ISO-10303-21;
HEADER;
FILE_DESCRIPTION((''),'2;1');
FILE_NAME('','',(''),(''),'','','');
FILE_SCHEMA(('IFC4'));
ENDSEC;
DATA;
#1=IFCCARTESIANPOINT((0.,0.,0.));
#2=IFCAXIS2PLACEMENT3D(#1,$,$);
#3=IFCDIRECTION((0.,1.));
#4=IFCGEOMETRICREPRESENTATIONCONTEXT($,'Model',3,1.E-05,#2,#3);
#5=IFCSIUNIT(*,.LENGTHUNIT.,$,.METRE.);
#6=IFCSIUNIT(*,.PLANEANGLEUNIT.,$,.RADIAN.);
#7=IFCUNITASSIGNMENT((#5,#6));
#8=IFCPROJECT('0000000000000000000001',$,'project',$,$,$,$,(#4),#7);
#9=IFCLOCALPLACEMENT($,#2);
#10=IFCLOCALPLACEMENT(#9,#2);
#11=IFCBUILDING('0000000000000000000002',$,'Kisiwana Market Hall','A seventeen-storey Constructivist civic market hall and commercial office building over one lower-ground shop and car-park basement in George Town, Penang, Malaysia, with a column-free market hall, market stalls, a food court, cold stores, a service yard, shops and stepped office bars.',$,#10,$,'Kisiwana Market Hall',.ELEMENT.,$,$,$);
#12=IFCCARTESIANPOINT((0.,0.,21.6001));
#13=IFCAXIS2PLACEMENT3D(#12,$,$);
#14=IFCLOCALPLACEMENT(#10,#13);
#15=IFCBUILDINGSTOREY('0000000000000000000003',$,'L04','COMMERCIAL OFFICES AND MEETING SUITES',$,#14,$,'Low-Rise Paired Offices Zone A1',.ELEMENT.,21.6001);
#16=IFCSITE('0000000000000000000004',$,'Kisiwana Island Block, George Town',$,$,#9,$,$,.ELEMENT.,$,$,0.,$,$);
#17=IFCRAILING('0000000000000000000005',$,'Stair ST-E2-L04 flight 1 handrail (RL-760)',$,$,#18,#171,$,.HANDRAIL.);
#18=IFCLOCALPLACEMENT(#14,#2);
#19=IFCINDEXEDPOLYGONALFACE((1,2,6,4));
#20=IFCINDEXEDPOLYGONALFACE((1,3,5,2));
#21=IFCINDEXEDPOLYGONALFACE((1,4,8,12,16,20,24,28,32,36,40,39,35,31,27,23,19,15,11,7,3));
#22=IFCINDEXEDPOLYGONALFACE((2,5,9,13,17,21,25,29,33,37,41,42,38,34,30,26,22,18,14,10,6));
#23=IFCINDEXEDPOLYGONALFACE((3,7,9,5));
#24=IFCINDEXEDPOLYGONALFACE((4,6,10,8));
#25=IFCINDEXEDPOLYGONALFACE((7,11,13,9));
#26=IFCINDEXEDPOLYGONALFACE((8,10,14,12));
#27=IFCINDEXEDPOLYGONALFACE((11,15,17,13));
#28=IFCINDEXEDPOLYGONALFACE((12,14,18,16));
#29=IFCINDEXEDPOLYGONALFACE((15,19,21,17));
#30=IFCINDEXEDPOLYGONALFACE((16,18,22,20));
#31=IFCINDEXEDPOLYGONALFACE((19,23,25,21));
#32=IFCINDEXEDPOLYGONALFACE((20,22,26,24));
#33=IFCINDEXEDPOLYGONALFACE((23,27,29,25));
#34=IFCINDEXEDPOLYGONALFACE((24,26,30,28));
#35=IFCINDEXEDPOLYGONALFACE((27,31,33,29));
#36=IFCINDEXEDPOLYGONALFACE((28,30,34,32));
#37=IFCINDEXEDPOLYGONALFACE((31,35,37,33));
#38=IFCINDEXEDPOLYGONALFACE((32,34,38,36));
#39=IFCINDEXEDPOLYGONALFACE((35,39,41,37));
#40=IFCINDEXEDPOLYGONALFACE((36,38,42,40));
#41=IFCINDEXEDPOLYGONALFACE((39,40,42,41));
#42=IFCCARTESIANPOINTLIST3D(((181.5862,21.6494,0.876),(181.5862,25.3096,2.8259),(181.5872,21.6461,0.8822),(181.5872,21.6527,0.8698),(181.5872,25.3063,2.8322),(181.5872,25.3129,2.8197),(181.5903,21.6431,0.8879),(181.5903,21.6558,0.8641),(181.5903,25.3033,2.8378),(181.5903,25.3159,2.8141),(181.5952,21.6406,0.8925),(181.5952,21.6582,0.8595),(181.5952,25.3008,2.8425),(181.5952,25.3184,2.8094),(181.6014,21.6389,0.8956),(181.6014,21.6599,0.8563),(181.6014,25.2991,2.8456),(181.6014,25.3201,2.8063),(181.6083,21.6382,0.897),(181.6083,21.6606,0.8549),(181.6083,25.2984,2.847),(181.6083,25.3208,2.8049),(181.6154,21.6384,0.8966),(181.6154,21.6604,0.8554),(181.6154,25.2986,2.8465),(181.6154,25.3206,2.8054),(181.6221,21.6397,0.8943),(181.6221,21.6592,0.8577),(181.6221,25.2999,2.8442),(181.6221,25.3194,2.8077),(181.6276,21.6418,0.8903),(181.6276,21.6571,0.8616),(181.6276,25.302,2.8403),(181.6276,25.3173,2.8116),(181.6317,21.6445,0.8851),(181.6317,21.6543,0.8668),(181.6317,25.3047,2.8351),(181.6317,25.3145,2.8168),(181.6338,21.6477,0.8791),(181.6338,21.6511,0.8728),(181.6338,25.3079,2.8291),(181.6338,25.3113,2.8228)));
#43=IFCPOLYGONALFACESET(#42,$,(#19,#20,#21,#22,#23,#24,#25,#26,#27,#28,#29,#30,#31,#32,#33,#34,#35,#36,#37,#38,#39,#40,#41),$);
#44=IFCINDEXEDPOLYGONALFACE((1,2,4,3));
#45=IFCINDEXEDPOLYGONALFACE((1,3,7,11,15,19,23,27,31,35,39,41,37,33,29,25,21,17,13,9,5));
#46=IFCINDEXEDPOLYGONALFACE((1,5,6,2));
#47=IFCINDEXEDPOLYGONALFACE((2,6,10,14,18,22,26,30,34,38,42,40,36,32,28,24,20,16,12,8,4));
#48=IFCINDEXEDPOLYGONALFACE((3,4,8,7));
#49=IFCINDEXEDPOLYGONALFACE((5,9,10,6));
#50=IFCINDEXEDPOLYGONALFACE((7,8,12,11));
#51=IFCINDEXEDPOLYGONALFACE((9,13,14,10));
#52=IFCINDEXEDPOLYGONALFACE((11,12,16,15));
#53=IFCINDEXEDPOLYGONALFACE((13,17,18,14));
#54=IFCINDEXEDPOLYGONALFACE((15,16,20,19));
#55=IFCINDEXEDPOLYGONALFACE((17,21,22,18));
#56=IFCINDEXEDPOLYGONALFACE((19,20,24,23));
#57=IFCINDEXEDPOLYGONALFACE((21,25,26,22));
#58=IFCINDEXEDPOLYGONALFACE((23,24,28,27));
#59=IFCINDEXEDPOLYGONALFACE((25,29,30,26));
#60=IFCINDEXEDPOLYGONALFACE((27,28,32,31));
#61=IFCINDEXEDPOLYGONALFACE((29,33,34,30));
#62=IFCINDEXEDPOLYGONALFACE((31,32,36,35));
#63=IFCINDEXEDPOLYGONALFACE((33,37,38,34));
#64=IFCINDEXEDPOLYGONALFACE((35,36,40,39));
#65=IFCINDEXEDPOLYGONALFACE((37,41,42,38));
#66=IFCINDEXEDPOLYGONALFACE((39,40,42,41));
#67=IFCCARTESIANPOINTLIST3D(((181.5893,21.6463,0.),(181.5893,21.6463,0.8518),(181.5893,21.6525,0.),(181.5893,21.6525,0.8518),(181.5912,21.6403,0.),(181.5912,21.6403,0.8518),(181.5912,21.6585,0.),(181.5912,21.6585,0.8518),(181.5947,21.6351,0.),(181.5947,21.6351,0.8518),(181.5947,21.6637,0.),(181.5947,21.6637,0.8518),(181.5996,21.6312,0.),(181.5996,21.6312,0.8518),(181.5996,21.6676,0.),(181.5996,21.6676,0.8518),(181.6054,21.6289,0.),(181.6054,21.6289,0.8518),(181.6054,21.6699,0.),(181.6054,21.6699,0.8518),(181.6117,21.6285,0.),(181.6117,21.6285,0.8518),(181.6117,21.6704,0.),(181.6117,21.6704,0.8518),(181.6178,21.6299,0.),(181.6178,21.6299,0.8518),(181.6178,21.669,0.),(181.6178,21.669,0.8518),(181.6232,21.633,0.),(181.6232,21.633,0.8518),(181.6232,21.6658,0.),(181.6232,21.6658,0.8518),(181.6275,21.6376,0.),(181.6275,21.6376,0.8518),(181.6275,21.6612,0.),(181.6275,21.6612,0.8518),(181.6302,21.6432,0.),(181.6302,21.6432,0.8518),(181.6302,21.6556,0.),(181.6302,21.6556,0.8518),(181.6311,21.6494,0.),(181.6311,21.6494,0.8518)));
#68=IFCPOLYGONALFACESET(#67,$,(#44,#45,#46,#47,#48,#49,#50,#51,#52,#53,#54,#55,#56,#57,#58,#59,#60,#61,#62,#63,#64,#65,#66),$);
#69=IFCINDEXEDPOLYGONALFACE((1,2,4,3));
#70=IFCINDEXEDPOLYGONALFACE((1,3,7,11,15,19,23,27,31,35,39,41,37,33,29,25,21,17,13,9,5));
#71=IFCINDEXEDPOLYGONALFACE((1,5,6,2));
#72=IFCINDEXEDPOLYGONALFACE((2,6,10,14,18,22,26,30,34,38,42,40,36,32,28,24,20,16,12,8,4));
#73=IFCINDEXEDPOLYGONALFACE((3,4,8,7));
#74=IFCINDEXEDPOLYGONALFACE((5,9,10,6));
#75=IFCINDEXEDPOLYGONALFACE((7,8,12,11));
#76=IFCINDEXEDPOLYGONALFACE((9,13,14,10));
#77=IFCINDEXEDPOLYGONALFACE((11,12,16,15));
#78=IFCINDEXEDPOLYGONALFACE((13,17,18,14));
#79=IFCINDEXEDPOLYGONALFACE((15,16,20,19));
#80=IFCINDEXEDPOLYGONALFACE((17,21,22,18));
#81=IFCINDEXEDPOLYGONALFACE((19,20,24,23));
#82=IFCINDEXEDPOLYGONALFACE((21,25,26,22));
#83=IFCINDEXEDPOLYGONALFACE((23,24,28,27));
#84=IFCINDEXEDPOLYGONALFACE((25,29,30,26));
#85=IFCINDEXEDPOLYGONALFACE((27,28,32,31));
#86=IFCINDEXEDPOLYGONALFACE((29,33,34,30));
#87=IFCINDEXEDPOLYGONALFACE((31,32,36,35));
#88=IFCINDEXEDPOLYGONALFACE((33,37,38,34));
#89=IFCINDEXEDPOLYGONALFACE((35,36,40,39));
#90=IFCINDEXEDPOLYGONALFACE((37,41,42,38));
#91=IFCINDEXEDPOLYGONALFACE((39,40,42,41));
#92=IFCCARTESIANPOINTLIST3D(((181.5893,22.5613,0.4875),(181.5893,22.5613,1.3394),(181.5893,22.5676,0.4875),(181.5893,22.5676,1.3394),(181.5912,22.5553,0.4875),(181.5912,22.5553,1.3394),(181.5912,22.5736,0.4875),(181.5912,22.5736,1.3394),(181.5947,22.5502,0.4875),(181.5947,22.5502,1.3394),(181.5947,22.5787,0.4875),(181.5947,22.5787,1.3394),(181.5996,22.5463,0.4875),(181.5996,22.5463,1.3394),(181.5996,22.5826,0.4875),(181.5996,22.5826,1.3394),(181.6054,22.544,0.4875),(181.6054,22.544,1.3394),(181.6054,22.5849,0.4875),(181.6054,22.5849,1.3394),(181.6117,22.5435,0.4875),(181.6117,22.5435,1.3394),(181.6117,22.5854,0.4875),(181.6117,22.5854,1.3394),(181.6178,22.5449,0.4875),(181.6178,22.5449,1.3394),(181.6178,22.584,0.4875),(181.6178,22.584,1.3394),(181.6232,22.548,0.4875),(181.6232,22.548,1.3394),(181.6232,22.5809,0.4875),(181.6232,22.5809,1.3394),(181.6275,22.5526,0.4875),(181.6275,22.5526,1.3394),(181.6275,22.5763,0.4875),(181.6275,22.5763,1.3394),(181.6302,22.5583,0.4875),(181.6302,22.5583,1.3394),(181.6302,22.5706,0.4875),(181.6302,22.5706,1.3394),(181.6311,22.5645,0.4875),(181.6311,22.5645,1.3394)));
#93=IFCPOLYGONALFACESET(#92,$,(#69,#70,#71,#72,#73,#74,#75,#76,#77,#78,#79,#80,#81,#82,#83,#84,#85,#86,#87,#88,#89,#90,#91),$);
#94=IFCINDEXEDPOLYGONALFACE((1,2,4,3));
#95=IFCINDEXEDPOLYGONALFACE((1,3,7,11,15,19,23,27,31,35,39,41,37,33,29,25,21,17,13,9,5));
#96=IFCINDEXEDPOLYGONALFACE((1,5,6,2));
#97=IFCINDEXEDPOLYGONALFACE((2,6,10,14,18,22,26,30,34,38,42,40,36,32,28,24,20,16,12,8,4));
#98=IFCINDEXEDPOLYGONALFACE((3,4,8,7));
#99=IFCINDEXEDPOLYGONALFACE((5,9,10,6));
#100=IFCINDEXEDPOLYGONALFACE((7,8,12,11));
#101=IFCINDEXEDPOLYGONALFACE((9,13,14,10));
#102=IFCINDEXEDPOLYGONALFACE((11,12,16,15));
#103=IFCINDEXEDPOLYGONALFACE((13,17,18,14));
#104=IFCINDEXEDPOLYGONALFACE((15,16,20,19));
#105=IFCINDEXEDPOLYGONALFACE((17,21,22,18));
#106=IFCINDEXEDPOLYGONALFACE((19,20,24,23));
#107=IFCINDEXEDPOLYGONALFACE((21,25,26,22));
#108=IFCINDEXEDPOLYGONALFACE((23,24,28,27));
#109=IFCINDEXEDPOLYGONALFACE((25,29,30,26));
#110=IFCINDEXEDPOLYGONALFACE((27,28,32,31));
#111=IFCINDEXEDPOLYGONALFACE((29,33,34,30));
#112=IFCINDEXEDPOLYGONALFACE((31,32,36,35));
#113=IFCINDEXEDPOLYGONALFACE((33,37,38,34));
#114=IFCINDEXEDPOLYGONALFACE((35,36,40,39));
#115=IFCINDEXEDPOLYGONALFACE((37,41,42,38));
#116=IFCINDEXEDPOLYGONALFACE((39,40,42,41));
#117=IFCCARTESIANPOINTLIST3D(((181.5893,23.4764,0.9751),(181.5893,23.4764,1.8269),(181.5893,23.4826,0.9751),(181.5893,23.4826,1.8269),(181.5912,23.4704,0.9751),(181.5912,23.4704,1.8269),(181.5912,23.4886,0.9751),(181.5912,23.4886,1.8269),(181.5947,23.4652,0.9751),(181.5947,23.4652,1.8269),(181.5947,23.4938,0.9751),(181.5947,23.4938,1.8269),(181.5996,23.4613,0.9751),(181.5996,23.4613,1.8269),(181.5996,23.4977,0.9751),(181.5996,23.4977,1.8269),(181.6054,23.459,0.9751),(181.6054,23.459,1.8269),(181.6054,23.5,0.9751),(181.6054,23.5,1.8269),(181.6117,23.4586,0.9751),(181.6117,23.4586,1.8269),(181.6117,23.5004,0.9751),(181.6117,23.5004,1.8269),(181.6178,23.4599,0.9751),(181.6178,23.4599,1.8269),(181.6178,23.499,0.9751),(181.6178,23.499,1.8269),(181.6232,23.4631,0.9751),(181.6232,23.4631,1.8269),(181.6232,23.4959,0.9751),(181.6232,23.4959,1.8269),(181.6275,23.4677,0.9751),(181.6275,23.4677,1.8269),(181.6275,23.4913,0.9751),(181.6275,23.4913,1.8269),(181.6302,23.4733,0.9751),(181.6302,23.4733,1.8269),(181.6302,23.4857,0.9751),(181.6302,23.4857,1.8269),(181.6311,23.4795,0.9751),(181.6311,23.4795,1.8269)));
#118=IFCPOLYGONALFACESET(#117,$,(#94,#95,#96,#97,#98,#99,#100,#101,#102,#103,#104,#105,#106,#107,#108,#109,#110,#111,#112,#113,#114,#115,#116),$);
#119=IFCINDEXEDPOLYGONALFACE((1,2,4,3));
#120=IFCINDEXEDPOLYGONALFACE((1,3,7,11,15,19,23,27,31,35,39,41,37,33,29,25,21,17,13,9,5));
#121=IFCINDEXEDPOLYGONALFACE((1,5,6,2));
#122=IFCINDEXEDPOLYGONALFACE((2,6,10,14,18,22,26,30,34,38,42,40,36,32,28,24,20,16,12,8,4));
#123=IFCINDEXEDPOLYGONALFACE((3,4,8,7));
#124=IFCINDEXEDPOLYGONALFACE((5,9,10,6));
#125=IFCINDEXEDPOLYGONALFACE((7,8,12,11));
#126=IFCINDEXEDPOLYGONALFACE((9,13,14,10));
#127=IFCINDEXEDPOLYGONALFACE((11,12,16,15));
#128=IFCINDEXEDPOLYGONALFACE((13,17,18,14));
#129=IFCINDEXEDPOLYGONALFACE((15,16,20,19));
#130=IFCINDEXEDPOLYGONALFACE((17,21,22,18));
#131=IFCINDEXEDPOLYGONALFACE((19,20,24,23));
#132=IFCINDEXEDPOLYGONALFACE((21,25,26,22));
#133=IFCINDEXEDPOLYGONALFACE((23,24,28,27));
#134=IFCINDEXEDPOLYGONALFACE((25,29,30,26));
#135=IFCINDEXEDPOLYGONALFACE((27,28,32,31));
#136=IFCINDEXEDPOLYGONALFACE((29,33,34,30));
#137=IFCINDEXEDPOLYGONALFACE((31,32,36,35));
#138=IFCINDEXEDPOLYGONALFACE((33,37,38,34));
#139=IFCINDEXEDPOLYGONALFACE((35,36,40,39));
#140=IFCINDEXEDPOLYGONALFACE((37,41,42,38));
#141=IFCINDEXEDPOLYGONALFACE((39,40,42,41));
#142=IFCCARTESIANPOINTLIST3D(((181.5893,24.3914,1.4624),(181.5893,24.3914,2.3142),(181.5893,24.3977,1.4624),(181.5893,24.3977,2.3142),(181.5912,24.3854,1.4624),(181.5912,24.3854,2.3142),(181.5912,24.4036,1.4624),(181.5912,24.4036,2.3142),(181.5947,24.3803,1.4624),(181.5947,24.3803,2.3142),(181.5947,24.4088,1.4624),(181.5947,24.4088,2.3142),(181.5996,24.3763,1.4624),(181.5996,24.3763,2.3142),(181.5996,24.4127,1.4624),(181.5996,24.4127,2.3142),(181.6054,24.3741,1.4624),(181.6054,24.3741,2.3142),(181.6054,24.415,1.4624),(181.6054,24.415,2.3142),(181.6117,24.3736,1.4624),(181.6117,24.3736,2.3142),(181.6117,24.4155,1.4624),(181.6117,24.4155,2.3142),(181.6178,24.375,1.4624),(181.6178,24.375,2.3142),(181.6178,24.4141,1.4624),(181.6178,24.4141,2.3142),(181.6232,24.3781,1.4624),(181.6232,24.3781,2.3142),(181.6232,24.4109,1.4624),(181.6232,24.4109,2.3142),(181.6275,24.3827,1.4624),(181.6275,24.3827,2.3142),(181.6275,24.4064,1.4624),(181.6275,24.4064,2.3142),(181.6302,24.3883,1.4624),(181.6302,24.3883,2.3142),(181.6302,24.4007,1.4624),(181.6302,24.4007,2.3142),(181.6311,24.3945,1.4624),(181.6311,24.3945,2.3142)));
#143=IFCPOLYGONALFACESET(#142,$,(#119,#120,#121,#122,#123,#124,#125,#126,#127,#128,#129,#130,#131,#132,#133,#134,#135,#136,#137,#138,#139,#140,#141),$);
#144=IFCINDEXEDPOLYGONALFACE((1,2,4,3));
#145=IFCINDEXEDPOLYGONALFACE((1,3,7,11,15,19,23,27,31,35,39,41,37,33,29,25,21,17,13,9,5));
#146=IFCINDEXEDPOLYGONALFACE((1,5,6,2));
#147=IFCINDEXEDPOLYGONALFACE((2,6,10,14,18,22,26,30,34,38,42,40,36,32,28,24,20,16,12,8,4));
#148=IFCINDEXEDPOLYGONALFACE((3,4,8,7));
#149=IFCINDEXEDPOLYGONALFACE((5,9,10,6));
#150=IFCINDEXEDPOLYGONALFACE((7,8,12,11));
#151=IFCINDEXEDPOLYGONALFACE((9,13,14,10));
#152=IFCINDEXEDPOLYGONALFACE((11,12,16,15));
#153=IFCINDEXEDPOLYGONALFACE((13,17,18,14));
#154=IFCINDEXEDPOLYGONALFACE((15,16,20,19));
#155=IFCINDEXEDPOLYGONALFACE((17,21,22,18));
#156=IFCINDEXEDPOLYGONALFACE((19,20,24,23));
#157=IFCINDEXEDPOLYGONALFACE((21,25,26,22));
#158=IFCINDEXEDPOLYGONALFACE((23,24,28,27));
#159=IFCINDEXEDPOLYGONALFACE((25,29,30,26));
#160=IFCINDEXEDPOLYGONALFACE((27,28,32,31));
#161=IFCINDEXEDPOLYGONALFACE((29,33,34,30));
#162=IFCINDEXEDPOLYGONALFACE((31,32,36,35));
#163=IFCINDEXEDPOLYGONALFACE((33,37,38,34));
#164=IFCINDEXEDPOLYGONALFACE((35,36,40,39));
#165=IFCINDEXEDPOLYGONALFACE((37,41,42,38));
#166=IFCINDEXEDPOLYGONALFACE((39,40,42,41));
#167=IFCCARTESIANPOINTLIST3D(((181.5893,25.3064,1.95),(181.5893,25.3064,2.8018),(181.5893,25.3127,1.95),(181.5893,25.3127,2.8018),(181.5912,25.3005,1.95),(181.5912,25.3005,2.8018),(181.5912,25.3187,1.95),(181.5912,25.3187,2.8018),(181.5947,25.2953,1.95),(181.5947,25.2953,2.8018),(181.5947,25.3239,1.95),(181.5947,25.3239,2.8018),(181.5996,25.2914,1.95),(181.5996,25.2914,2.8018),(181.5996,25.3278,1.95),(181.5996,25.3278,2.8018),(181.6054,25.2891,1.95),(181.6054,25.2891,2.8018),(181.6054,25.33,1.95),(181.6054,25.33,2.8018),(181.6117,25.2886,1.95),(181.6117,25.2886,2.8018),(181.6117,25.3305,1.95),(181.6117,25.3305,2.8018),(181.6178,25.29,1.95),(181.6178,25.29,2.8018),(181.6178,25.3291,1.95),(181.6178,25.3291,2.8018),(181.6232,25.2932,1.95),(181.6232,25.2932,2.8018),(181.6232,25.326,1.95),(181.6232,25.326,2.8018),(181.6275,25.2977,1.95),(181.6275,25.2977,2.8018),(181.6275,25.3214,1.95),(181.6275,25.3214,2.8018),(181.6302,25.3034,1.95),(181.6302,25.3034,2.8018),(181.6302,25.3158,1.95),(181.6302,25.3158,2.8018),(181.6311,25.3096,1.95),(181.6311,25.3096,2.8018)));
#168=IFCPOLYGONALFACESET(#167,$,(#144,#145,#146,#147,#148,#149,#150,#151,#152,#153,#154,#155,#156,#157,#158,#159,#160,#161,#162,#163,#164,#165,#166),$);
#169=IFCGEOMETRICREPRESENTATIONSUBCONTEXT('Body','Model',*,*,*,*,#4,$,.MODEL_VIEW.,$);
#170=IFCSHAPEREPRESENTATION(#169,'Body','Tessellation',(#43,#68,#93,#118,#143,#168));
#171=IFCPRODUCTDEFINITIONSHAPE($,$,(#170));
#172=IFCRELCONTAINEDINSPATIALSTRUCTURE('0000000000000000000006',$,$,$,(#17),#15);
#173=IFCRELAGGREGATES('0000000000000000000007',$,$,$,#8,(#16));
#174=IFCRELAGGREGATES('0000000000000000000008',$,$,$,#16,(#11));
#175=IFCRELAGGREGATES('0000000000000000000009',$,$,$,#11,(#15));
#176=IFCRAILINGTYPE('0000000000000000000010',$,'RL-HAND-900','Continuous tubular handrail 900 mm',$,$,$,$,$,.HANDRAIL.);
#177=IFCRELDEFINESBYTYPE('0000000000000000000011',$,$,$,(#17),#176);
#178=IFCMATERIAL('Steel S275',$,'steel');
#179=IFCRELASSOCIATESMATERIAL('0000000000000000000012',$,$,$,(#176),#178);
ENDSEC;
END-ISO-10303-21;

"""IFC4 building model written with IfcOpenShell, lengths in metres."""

from ifc_helpers import new_model, si_unit, direction, frame, origin, origin_2d, place, context, subcontext, project, spatial, circle, extrude, material, type_object, element, save


model = new_model("IFC4")

# Units and contexts
model_context = context("Model", 3, precision=1e-05, world=origin(), true_north=direction((0.0, 1.0)))
body_context = subcontext(model_context, "Body", "Model", "MODEL_VIEW")
ifc_project = project(units=[si_unit("LENGTHUNIT", "METRE"), si_unit("PLANEANGLEUNIT", "RADIAN")], contexts=[model_context])

# Site, building, storey
site_placement = place(None, origin())
site = spatial("IfcSite", under=ifc_project, at=site_placement, Name="Kisiwana Island Block, George Town", CompositionType="ELEMENT", RefElevation=0.0)
building_placement = place(site_placement, origin())
building = spatial("IfcBuilding", under=site, at=building_placement, Name="Kisiwana Market Hall", Description="A seventeen-storey Constructivist civic market hall and commercial office building over one lower-ground shop and car-park basement in George Town, Penang, Malaysia, with a column-free market hall, market stalls, a food court, cold stores, a service yard, shops and stepped office bars.", LongName="Kisiwana Market Hall", CompositionType="ELEMENT")
storey_placement = place(building_placement, frame((0.0, 0.0, 21.6001)))
storey = spatial("IfcBuildingStorey", under=building, at=storey_placement, Name="L04", Description="COMMERCIAL OFFICES AND MEETING SUITES", LongName="Low-Rise Paired Offices Zone A1", CompositionType="ELEMENT", Elevation=21.6001)

# Railing
ifc_material_1 = material(Name="Steel S275", Category="steel")
railing_type_1 = type_object("IfcRailingType", Name="RL-HAND-900", Description="Continuous tubular handrail 900 mm", PredefinedType="HANDRAIL", material=ifc_material_1)
railing_1_placement = place(storey_placement, frame((181.6101, 21.6494, 0.0)))
element("IfcRailing", 1, at=railing_1_placement, inside=storey, type_object=railing_type_1, Name="Stair ST-E2-L04 flight 1 handrail (RL-760)", PredefinedType="HANDRAIL", context=body_context, shape_type="SweptSolid", body=[
    extrude(circle(Radius=0.0239, at=origin_2d()), frame((0.0, 0.0, 0.876), z_axis=(0.0, 0.882566, 0.470188), x_axis=(-1.0, 0.0, 0.0)), (0.0, 0.0, 1.0), 4.1472),
    extrude(circle(Radius=0.021, at=origin_2d()), origin(), (0.0, 0.0, 1.0), 0.8518),
    extrude(circle(Radius=0.021, at=origin_2d()), frame((0.0, 0.915, 0.4875)), (0.0, 0.0, 1.0), 0.8518),
    extrude(circle(Radius=0.021, at=origin_2d()), frame((0.0, 1.8301, 0.9751)), (0.0, 0.0, 1.0), 0.8518),
    extrude(circle(Radius=0.021, at=origin_2d()), frame((0.0, 2.7451, 1.4624)), (0.0, 0.0, 1.0), 0.8518),
    extrude(circle(Radius=0.021, at=origin_2d()), frame((0.0, 3.6602, 1.95)), (0.0, 0.0, 1.0), 0.8518),
])

save(model, "model.ifc")
